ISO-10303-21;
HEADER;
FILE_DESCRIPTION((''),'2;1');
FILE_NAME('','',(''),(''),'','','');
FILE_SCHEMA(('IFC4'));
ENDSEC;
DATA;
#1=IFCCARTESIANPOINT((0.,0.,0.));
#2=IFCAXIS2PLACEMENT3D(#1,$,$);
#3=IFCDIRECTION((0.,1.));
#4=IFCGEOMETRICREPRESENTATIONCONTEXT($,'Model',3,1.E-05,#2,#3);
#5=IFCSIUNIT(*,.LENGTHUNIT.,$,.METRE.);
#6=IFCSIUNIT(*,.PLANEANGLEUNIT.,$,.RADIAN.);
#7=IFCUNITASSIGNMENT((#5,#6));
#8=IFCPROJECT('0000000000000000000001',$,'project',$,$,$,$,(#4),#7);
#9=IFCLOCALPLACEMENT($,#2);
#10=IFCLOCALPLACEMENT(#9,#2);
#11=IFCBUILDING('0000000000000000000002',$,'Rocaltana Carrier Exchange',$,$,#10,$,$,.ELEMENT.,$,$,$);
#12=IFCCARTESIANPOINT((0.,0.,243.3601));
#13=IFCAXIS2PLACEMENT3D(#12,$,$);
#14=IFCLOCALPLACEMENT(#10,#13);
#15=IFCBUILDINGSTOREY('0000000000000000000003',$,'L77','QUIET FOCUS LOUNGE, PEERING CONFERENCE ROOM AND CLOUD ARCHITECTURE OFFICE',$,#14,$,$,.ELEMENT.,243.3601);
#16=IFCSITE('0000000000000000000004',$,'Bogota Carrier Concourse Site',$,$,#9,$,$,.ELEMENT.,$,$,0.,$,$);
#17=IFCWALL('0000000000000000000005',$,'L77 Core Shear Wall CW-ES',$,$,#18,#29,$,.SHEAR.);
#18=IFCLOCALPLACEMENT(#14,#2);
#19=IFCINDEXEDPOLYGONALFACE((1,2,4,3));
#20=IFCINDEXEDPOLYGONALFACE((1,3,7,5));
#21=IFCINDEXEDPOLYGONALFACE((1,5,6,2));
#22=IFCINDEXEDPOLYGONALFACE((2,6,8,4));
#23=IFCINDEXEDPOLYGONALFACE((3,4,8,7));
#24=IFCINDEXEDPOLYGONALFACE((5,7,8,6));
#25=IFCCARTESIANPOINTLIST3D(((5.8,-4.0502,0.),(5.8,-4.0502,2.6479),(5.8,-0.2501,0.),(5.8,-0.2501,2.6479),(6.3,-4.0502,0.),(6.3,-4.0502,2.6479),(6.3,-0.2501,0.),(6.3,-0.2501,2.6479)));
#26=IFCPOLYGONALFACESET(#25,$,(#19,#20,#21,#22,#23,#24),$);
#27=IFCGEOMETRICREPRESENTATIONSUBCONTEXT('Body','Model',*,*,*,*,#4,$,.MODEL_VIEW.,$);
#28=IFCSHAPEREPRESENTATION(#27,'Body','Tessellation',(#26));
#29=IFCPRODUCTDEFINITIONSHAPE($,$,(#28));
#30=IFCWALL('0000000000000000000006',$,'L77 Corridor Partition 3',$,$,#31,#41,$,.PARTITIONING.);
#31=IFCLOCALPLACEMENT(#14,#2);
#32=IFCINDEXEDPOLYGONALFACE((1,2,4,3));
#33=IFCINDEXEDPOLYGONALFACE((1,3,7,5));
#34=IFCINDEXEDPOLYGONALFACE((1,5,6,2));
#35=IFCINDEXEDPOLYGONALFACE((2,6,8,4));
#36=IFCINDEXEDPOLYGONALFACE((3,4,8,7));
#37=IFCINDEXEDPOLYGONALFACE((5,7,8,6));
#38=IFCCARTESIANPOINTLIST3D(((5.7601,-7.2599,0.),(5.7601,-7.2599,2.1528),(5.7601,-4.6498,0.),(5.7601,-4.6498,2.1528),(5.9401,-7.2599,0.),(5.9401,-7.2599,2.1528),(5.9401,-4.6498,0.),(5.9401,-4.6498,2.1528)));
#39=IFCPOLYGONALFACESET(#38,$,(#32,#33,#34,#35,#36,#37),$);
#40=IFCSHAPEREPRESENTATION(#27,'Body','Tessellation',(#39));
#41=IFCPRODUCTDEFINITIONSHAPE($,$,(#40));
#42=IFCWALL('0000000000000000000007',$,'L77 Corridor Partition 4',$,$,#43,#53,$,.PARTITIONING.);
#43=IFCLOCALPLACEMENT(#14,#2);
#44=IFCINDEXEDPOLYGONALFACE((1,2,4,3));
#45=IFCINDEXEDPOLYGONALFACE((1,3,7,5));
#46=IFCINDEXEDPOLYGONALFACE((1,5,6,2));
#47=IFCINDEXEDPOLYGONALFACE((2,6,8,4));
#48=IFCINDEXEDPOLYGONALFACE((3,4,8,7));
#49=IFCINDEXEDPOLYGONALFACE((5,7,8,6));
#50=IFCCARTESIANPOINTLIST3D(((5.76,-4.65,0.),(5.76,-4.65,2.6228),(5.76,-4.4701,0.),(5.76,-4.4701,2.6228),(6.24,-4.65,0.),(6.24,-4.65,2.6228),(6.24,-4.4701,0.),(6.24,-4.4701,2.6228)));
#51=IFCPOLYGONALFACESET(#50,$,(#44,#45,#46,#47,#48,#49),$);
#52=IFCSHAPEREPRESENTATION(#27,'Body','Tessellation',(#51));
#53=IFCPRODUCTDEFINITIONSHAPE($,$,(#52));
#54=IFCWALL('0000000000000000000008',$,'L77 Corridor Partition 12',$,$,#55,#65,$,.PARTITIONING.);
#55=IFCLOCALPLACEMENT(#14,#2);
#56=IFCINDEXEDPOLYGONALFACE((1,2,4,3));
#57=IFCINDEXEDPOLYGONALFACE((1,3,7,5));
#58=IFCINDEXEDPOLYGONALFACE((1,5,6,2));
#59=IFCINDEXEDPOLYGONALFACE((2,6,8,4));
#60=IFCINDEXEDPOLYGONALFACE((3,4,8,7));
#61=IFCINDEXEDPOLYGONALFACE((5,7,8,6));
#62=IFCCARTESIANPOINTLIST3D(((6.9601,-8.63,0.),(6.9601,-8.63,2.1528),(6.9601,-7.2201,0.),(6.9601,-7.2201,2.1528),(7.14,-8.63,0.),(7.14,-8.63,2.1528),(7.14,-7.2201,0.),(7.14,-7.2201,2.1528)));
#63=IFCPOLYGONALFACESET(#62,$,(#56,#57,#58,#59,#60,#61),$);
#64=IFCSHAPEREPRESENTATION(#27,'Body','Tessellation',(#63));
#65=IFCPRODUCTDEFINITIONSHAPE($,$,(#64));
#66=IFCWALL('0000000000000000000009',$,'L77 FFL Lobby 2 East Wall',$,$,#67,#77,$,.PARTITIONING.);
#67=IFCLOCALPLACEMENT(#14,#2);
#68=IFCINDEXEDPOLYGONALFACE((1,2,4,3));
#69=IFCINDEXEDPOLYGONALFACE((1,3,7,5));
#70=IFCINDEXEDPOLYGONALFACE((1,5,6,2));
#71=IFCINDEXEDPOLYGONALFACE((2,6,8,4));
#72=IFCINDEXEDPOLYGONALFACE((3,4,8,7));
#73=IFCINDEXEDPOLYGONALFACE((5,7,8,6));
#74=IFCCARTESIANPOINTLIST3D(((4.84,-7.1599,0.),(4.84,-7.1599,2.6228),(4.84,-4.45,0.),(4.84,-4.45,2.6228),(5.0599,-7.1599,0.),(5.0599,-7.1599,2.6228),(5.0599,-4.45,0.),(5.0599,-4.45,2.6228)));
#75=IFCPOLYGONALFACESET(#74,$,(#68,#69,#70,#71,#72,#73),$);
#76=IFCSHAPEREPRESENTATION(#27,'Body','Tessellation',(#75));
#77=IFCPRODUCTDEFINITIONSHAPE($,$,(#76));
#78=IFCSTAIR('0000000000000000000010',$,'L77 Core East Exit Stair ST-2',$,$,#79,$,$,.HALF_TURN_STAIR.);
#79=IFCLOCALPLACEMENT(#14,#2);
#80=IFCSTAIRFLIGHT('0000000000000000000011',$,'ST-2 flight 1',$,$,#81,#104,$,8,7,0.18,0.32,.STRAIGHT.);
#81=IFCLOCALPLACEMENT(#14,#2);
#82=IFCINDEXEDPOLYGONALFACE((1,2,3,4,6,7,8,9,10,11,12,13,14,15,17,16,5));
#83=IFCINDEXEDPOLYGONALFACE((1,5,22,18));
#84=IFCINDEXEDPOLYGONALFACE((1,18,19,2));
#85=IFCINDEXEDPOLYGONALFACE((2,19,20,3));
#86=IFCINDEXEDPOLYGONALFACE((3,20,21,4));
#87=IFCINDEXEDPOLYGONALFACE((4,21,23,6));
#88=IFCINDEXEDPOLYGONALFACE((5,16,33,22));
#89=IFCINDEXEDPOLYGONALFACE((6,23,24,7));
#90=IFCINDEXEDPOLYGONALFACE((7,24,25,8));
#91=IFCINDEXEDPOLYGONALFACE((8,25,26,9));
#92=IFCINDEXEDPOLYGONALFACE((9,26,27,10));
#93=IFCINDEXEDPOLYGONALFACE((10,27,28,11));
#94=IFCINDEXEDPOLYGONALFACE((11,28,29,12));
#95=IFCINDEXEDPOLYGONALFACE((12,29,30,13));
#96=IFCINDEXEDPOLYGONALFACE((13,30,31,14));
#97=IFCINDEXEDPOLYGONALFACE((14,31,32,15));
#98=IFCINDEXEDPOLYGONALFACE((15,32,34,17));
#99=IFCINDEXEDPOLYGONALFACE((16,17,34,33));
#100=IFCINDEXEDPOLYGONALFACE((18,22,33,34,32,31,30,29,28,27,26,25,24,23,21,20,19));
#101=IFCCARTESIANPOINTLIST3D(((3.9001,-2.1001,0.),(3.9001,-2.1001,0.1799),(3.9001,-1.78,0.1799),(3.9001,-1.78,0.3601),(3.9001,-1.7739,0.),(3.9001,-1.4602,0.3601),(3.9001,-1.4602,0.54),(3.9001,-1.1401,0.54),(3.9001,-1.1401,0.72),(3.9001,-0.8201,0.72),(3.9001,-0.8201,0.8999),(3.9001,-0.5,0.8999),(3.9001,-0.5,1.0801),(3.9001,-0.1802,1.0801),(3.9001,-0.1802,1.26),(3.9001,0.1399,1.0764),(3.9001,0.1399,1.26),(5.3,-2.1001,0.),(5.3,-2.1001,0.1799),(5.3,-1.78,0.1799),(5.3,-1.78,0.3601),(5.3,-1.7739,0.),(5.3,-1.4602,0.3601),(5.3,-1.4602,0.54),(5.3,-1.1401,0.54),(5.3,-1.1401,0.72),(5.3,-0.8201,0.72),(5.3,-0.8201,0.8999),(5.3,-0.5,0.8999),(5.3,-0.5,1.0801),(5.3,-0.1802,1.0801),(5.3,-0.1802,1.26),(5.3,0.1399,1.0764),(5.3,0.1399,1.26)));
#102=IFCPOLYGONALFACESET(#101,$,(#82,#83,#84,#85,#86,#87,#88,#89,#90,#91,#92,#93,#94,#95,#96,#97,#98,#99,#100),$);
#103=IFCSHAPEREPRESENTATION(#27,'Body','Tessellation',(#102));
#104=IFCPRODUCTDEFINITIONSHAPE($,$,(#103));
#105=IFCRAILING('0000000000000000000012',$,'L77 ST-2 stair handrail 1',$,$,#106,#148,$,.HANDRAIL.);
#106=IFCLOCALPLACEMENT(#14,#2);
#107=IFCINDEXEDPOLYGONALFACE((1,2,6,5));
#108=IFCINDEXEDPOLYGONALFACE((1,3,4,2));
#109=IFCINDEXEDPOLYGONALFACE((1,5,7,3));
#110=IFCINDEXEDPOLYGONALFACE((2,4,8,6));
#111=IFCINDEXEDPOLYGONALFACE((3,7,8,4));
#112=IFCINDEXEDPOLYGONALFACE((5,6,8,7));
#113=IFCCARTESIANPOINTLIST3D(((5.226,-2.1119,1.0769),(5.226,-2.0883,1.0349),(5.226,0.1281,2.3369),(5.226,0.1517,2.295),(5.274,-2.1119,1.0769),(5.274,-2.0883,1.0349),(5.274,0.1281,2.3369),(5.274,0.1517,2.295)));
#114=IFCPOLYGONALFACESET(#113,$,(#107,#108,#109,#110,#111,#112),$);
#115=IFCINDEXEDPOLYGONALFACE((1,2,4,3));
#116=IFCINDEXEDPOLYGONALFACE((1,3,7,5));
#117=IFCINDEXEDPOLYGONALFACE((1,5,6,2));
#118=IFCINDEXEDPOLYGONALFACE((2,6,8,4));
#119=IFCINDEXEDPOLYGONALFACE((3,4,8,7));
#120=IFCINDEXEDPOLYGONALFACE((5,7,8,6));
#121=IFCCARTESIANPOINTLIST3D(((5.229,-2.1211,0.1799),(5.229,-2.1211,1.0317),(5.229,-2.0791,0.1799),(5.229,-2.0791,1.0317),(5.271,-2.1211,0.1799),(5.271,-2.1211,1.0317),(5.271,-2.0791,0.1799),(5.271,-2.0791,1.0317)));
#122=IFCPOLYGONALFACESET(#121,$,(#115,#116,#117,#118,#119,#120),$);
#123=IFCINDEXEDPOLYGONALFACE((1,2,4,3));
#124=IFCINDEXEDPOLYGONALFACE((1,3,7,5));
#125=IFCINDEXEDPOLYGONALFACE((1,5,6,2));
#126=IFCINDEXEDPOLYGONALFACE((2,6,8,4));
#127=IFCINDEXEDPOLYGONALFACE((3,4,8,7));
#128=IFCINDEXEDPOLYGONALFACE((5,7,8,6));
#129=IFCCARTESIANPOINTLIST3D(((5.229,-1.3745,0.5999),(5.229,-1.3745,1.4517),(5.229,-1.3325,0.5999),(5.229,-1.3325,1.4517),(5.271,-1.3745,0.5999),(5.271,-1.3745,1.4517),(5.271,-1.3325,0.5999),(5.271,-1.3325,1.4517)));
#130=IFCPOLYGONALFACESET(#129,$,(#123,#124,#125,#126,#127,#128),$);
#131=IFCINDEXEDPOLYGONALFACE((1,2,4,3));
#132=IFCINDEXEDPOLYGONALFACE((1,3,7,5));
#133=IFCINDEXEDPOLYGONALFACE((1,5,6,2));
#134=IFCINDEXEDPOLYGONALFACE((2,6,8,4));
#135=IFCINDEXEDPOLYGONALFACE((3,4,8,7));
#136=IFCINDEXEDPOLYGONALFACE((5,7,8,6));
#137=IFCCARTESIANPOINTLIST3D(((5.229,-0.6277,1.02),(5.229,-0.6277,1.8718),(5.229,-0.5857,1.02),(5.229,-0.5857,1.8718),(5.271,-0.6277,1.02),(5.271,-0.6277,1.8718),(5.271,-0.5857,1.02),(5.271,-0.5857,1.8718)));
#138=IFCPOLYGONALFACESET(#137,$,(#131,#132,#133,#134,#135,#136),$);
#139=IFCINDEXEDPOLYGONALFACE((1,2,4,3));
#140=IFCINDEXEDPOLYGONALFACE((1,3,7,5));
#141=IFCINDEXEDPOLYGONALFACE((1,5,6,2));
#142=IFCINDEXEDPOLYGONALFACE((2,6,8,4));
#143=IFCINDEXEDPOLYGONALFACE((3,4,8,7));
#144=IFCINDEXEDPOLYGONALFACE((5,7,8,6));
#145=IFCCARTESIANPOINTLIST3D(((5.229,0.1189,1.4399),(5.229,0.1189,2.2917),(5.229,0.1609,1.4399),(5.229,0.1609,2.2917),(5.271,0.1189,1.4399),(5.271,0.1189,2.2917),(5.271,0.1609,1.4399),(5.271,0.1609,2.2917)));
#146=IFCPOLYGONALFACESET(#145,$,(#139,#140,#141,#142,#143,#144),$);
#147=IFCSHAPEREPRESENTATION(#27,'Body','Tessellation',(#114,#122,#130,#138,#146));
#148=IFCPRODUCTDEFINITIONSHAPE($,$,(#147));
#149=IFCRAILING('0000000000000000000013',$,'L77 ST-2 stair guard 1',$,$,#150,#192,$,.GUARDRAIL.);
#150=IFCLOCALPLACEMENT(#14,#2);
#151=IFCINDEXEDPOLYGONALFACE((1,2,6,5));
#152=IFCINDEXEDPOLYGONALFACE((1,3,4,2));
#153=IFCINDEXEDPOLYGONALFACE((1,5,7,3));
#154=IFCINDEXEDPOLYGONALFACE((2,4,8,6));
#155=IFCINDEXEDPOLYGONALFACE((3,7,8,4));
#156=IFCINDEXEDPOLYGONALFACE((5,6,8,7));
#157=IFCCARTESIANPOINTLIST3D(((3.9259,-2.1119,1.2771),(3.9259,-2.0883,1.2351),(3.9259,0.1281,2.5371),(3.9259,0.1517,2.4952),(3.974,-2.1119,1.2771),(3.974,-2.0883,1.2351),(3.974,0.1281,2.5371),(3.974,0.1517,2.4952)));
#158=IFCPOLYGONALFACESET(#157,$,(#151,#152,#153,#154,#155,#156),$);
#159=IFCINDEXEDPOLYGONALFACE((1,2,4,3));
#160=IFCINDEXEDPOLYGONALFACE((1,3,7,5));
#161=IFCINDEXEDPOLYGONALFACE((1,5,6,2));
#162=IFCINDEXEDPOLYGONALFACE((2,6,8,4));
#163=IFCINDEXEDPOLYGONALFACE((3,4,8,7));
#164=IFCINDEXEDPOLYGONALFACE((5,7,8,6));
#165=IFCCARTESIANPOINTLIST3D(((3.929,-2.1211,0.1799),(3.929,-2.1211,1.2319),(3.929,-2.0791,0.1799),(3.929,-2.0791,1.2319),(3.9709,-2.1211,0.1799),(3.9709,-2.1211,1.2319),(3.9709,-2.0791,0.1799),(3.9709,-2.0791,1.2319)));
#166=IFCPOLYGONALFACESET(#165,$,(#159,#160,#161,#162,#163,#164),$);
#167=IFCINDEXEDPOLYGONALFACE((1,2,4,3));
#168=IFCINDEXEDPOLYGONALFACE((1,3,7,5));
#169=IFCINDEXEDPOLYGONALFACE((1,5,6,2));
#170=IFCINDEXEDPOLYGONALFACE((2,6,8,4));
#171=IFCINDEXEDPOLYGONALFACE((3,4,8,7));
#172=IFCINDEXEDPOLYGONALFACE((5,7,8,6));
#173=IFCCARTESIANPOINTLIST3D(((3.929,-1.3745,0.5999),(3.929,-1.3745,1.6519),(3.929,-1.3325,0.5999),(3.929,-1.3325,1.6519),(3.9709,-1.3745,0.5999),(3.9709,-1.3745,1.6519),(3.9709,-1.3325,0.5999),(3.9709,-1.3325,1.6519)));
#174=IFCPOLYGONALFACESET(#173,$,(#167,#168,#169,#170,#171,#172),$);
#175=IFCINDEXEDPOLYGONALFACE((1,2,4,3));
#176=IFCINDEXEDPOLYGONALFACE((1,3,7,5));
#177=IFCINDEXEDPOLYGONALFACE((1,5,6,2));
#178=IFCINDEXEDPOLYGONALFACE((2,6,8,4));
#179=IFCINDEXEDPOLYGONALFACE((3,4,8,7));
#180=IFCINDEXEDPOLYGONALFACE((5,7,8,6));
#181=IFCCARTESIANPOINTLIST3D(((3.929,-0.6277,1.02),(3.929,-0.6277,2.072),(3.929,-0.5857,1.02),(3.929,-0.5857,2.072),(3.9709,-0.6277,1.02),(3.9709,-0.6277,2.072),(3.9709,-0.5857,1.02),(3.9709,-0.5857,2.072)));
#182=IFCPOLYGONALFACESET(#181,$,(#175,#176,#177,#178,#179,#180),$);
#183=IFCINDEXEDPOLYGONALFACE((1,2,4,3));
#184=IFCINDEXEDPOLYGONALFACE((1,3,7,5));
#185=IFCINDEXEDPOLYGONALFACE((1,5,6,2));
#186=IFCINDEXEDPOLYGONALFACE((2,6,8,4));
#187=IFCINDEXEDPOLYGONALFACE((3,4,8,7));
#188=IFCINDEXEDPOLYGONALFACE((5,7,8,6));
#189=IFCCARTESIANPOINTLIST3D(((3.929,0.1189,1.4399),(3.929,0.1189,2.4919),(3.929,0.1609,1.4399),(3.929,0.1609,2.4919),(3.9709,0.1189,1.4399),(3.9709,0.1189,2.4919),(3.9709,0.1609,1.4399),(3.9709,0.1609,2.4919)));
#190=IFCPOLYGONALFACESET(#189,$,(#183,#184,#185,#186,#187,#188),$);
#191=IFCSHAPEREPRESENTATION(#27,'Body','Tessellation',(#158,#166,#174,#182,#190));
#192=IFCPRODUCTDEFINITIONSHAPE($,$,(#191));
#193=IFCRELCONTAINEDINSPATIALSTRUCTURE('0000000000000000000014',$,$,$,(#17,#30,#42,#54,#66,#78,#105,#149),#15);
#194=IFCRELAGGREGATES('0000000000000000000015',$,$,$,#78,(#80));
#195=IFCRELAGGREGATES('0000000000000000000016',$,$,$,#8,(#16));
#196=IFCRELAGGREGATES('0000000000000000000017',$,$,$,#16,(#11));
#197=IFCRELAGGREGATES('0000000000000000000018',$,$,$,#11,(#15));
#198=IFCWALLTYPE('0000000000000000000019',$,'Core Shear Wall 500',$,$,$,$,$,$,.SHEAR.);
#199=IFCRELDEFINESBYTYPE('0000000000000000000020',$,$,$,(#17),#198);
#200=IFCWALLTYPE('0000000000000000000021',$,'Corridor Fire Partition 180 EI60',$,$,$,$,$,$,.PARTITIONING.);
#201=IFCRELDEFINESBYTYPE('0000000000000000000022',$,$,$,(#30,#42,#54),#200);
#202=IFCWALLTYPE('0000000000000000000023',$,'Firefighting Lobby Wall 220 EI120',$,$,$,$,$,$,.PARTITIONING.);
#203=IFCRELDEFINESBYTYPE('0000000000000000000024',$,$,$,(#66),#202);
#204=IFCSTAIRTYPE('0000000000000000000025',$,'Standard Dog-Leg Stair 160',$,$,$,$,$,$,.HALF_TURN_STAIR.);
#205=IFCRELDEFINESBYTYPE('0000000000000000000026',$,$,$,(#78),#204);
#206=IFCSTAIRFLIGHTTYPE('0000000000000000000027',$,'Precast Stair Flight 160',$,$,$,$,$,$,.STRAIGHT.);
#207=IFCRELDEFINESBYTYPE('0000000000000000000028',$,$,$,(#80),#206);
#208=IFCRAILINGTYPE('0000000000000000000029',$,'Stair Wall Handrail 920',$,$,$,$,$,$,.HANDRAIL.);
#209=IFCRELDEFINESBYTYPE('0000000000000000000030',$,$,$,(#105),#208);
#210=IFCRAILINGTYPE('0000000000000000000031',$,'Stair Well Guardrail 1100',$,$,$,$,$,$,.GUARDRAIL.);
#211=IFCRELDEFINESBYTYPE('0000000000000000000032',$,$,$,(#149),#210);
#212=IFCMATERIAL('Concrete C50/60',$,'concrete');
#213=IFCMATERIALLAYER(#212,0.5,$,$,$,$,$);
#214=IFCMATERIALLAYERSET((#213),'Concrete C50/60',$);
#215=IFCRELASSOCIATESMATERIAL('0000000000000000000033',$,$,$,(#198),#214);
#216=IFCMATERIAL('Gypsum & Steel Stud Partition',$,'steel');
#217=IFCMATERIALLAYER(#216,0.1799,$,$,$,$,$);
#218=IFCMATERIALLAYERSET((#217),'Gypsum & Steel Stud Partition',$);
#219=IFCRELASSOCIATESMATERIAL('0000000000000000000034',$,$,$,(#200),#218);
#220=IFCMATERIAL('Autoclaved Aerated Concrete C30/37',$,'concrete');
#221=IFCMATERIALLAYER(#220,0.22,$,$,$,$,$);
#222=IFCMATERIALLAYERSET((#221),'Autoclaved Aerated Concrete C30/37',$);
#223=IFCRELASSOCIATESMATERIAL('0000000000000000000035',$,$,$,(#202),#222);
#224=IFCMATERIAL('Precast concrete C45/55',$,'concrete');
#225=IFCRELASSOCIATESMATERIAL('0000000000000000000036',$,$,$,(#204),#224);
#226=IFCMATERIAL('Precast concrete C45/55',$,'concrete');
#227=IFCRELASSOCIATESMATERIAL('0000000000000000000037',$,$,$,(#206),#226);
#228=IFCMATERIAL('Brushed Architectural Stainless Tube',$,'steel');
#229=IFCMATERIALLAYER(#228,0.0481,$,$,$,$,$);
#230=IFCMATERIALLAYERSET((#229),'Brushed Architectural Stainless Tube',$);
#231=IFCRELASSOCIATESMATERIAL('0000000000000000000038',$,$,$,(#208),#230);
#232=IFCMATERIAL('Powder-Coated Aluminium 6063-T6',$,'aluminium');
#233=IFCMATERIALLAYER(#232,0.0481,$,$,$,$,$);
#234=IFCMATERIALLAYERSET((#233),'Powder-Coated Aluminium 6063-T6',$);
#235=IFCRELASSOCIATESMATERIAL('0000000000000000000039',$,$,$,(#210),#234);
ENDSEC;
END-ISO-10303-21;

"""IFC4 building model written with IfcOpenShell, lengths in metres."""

from ifc_helpers import new_model, si_unit, direction, frame, frame_2d, origin, origin_2d, place, context, subcontext, project, spatial, polyline, rectangle, outline, extrude, material, layer, layer_set, type_object, element, aggregate, save


model = new_model("IFC4")

# Units and contexts
model_context = context("Model", 3, precision=1e-05, world=origin(), true_north=direction((0.0, 1.0)))
body_context = subcontext(model_context, "Body", "Model", "MODEL_VIEW")
ifc_project = project(units=[si_unit("LENGTHUNIT", "METRE"), si_unit("PLANEANGLEUNIT", "RADIAN")], contexts=[model_context])

# Site, building, storey
site_placement = place(None, origin())
site = spatial("IfcSite", under=ifc_project, at=site_placement, Name="Bogota Carrier Concourse Site", CompositionType="ELEMENT", RefElevation=0.0)
building_placement = place(site_placement, origin())
building = spatial("IfcBuilding", under=site, at=building_placement, Name="Rocaltana Carrier Exchange", CompositionType="ELEMENT")
storey_placement = place(building_placement, frame((0.0, 0.0, 243.3601)))
storey = spatial("IfcBuildingStorey", under=building, at=storey_placement, Name="L77", Description="QUIET FOCUS LOUNGE, PEERING CONFERENCE ROOM AND CLOUD ARCHITECTURE OFFICE", CompositionType="ELEMENT", Elevation=243.3601)

# Walls
ifc_material_1 = material(Name="Concrete C50/60", Category="concrete")
ifc_layer_1 = layer(ifc_material_1, 0.5)
ifc_layer_set_1 = layer_set([ifc_layer_1], Name="Concrete C50/60")
wall_type_1 = type_object("IfcWallType", Name="Core Shear Wall 500", PredefinedType="SHEAR", material=ifc_layer_set_1)
wall_1_placement = place(storey_placement, frame((6.05, -4.05, 0.0), z_axis=(0.0, 0.0, 1.0), x_axis=(0.0, 1.0, 0.0)))
element("IfcWall", 1, at=wall_1_placement, inside=storey, type_object=wall_type_1, Name="L77 Core Shear Wall CW-ES", PredefinedType="SHEAR", context=body_context, shape_type="SweptSolid", body=[
    extrude(rectangle(XDim=3.8, YDim=0.5, at=frame_2d((1.8999, 0.0))), origin(), (0.0, 0.0, 1.0), 2.6479),
])
ifc_material_2 = material(Name="Gypsum & Steel Stud Partition", Category="steel")
ifc_layer_2 = layer(ifc_material_2, 0.1799)
ifc_layer_set_2 = layer_set([ifc_layer_2], Name="Gypsum & Steel Stud Partition")
wall_type_2 = type_object("IfcWallType", Name="Corridor Fire Partition 180 EI60", PredefinedType="PARTITIONING", material=ifc_layer_set_2)
wall_2_placement = place(storey_placement, frame((5.8501, -7.26, 0.0), z_axis=(0.0, 0.0, 1.0), x_axis=(0.0, 1.0, 0.0)))
element("IfcWall", 2, at=wall_2_placement, inside=storey, type_object=wall_type_2, Name="L77 Corridor Partition 3", PredefinedType="PARTITIONING", context=body_context, shape_type="SweptSolid", body=[
    extrude(rectangle(XDim=2.6101, YDim=0.1799, at=frame_2d((1.3052, 0.0))), origin(), (0.0, 0.0, 1.0), 2.1528),
])
wall_3_placement = place(storey_placement, frame((5.76, -4.5601, 0.0), z_axis=(0.0, 0.0, 1.0), x_axis=(1.0, 0.0, 0.0)))
element("IfcWall", 3, at=wall_3_placement, inside=storey, type_object=wall_type_2, Name="L77 Corridor Partition 4", PredefinedType="PARTITIONING", context=body_context, shape_type="SweptSolid", body=[
    extrude(rectangle(XDim=0.48, YDim=0.1799, at=frame_2d((0.24, 0.0))), origin(), (0.0, 0.0, 1.0), 2.6228),
])
wall_4_placement = place(storey_placement, frame((7.05, -7.22, 0.0), z_axis=(0.0, 0.0, 1.0), x_axis=(0.0, -1.0, 0.0)))
element("IfcWall", 4, at=wall_4_placement, inside=storey, type_object=wall_type_2, Name="L77 Corridor Partition 12", PredefinedType="PARTITIONING", context=body_context, shape_type="SweptSolid", body=[
    extrude(rectangle(XDim=1.4099, YDim=0.1799, at=frame_2d((0.7051, 0.0))), origin(), (0.0, 0.0, 1.0), 2.1528),
])
ifc_material_3 = material(Name="Autoclaved Aerated Concrete C30/37", Category="concrete")
ifc_layer_3 = layer(ifc_material_3, 0.22)
ifc_layer_set_3 = layer_set([ifc_layer_3], Name="Autoclaved Aerated Concrete C30/37")
wall_type_3 = type_object("IfcWallType", Name="Firefighting Lobby Wall 220 EI120", PredefinedType="PARTITIONING", material=ifc_layer_set_3)
wall_5_placement = place(storey_placement, frame((4.95, -7.1599, 0.0), z_axis=(0.0, 0.0, 1.0), x_axis=(0.0, 1.0, 0.0)))
element("IfcWall", 5, at=wall_5_placement, inside=storey, type_object=wall_type_3, Name="L77 FFL Lobby 2 East Wall", PredefinedType="PARTITIONING", context=body_context, shape_type="SweptSolid", body=[
    extrude(rectangle(XDim=2.71, YDim=0.22, at=frame_2d((1.355, 0.0))), origin(), (0.0, 0.0, 1.0), 2.6228),
])

# Stair, stair flight
ifc_material_4 = material(Name="Precast concrete C45/55", Category="concrete")
stair_type = type_object("IfcStairType", Name="Standard Dog-Leg Stair 160", PredefinedType="HALF_TURN_STAIR", material=ifc_material_4)
stair_placement = place(storey_placement, origin())
stair = element("IfcStair", 6, at=stair_placement, inside=storey, type_object=stair_type, Name="L77 Core East Exit Stair ST-2", PredefinedType="HALF_TURN_STAIR")
ifc_material_5 = material(Name="Precast concrete C45/55", Category="concrete")
stair_flight_type = type_object("IfcStairFlightType", Name="Precast Stair Flight 160", PredefinedType="STRAIGHT", material=ifc_material_5)
stair_flight_placement = place(storey_placement, frame((4.6001, -2.1001, 0.0), z_axis=(0.0, 0.0, 1.0), x_axis=(0.0, 1.0, 0.0)))
stair_flight = element("IfcStairFlight", 7, at=stair_flight_placement, type_object=stair_flight_type, Name="ST-2 flight 1", NumberOfRisers=8, NumberOfTreads=7, PredefinedType="STRAIGHT", RiserHeight=0.18, TreadLength=0.32, context=body_context, shape_type="SweptSolid", body=[
    extrude(outline(polyline([(0.0, 0.0), (0.0, 0.1799), (0.3201, 0.1799), (0.3201, 0.3601), (0.6399, 0.3601), (0.6399, 0.54), (0.96, 0.54), (0.96, 0.72), (1.28, 0.72), (1.28, 0.8999), (1.6001, 0.8999), (1.6001, 1.0801), (1.9199, 1.0801), (1.9199, 1.26), (2.24, 1.26), (2.24, 1.4399), (2.24, 1.0764), (0.3262, 0.0), (0.0, 0.0)])), frame((0.0, 0.7, 0.0), z_axis=(0.0, -1.0, 0.0), x_axis=(1.0, 0.0, 0.0)), (0.0, 0.0, 1.0), 1.3999),
])
aggregate(stair, [stair_flight])

# Railings
ifc_material_6 = material(Name="Brushed Architectural Stainless Tube", Category="steel")
ifc_layer_4 = layer(ifc_material_6, 0.0481)
ifc_layer_set_4 = layer_set([ifc_layer_4], Name="Brushed Architectural Stainless Tube")
railing_type_1 = type_object("IfcRailingType", Name="Stair Wall Handrail 920", PredefinedType="HANDRAIL", material=ifc_layer_set_4)
railing_1_placement = place(storey_placement, frame((5.25, -2.1001, 0.1799)))
element("IfcRailing", 8, at=railing_1_placement, inside=storey, type_object=railing_type_1, Name="L77 ST-2 stair handrail 1", PredefinedType="HANDRAIL", context=body_context, shape_type="SweptSolid", body=[
    extrude(rectangle(XDim=0.0481, YDim=0.0481, at=origin_2d()), frame((0.0, 0.0, 0.876), z_axis=(0.0, 0.871573, 0.490266), x_axis=(-1.0, 0.0, 0.0)), (0.0, 0.0, 1.0), 2.5701),
    extrude(rectangle(XDim=0.042, YDim=0.042, at=origin_2d()), origin(), (0.0, 0.0, 1.0), 0.8518),
    extrude(rectangle(XDim=0.042, YDim=0.042, at=origin_2d()), frame((0.0, 0.7466, 0.4199)), (0.0, 0.0, 1.0), 0.8518),
    extrude(rectangle(XDim=0.042, YDim=0.042, at=origin_2d()), frame((0.0, 1.4934, 0.8401)), (0.0, 0.0, 1.0), 0.8518),
    extrude(rectangle(XDim=0.042, YDim=0.042, at=origin_2d()), frame((0.0, 2.24, 1.26)), (0.0, 0.0, 1.0), 0.8518),
])
ifc_material_7 = material(Name="Powder-Coated Aluminium 6063-T6", Category="aluminium")
ifc_layer_5 = layer(ifc_material_7, 0.0481)
ifc_layer_set_5 = layer_set([ifc_layer_5], Name="Powder-Coated Aluminium 6063-T6")
railing_type_2 = type_object("IfcRailingType", Name="Stair Well Guardrail 1100", PredefinedType="GUARDRAIL", material=ifc_layer_set_5)
railing_2_placement = place(storey_placement, frame((3.95, -2.1001, 0.1799)))
element("IfcRailing", 9, at=railing_2_placement, inside=storey, type_object=railing_type_2, Name="L77 ST-2 stair guard 1", PredefinedType="GUARDRAIL", context=body_context, shape_type="SweptSolid", body=[
    extrude(rectangle(XDim=0.0481, YDim=0.0481, at=origin_2d()), frame((0.0, 0.0, 1.0762), z_axis=(0.0, 0.871573, 0.490266), x_axis=(-1.0, 0.0, 0.0)), (0.0, 0.0, 1.0), 2.5701),
    extrude(rectangle(XDim=0.042, YDim=0.042, at=origin_2d()), origin(), (0.0, 0.0, 1.0), 1.052),
    extrude(rectangle(XDim=0.042, YDim=0.042, at=origin_2d()), frame((0.0, 0.7466, 0.4199)), (0.0, 0.0, 1.0), 1.052),
    extrude(rectangle(XDim=0.042, YDim=0.042, at=origin_2d()), frame((0.0, 1.4934, 0.8401)), (0.0, 0.0, 1.0), 1.052),
    extrude(rectangle(XDim=0.042, YDim=0.042, at=origin_2d()), frame((0.0, 2.24, 1.26)), (0.0, 0.0, 1.0), 1.052),
])

save(model, "model.ifc")
